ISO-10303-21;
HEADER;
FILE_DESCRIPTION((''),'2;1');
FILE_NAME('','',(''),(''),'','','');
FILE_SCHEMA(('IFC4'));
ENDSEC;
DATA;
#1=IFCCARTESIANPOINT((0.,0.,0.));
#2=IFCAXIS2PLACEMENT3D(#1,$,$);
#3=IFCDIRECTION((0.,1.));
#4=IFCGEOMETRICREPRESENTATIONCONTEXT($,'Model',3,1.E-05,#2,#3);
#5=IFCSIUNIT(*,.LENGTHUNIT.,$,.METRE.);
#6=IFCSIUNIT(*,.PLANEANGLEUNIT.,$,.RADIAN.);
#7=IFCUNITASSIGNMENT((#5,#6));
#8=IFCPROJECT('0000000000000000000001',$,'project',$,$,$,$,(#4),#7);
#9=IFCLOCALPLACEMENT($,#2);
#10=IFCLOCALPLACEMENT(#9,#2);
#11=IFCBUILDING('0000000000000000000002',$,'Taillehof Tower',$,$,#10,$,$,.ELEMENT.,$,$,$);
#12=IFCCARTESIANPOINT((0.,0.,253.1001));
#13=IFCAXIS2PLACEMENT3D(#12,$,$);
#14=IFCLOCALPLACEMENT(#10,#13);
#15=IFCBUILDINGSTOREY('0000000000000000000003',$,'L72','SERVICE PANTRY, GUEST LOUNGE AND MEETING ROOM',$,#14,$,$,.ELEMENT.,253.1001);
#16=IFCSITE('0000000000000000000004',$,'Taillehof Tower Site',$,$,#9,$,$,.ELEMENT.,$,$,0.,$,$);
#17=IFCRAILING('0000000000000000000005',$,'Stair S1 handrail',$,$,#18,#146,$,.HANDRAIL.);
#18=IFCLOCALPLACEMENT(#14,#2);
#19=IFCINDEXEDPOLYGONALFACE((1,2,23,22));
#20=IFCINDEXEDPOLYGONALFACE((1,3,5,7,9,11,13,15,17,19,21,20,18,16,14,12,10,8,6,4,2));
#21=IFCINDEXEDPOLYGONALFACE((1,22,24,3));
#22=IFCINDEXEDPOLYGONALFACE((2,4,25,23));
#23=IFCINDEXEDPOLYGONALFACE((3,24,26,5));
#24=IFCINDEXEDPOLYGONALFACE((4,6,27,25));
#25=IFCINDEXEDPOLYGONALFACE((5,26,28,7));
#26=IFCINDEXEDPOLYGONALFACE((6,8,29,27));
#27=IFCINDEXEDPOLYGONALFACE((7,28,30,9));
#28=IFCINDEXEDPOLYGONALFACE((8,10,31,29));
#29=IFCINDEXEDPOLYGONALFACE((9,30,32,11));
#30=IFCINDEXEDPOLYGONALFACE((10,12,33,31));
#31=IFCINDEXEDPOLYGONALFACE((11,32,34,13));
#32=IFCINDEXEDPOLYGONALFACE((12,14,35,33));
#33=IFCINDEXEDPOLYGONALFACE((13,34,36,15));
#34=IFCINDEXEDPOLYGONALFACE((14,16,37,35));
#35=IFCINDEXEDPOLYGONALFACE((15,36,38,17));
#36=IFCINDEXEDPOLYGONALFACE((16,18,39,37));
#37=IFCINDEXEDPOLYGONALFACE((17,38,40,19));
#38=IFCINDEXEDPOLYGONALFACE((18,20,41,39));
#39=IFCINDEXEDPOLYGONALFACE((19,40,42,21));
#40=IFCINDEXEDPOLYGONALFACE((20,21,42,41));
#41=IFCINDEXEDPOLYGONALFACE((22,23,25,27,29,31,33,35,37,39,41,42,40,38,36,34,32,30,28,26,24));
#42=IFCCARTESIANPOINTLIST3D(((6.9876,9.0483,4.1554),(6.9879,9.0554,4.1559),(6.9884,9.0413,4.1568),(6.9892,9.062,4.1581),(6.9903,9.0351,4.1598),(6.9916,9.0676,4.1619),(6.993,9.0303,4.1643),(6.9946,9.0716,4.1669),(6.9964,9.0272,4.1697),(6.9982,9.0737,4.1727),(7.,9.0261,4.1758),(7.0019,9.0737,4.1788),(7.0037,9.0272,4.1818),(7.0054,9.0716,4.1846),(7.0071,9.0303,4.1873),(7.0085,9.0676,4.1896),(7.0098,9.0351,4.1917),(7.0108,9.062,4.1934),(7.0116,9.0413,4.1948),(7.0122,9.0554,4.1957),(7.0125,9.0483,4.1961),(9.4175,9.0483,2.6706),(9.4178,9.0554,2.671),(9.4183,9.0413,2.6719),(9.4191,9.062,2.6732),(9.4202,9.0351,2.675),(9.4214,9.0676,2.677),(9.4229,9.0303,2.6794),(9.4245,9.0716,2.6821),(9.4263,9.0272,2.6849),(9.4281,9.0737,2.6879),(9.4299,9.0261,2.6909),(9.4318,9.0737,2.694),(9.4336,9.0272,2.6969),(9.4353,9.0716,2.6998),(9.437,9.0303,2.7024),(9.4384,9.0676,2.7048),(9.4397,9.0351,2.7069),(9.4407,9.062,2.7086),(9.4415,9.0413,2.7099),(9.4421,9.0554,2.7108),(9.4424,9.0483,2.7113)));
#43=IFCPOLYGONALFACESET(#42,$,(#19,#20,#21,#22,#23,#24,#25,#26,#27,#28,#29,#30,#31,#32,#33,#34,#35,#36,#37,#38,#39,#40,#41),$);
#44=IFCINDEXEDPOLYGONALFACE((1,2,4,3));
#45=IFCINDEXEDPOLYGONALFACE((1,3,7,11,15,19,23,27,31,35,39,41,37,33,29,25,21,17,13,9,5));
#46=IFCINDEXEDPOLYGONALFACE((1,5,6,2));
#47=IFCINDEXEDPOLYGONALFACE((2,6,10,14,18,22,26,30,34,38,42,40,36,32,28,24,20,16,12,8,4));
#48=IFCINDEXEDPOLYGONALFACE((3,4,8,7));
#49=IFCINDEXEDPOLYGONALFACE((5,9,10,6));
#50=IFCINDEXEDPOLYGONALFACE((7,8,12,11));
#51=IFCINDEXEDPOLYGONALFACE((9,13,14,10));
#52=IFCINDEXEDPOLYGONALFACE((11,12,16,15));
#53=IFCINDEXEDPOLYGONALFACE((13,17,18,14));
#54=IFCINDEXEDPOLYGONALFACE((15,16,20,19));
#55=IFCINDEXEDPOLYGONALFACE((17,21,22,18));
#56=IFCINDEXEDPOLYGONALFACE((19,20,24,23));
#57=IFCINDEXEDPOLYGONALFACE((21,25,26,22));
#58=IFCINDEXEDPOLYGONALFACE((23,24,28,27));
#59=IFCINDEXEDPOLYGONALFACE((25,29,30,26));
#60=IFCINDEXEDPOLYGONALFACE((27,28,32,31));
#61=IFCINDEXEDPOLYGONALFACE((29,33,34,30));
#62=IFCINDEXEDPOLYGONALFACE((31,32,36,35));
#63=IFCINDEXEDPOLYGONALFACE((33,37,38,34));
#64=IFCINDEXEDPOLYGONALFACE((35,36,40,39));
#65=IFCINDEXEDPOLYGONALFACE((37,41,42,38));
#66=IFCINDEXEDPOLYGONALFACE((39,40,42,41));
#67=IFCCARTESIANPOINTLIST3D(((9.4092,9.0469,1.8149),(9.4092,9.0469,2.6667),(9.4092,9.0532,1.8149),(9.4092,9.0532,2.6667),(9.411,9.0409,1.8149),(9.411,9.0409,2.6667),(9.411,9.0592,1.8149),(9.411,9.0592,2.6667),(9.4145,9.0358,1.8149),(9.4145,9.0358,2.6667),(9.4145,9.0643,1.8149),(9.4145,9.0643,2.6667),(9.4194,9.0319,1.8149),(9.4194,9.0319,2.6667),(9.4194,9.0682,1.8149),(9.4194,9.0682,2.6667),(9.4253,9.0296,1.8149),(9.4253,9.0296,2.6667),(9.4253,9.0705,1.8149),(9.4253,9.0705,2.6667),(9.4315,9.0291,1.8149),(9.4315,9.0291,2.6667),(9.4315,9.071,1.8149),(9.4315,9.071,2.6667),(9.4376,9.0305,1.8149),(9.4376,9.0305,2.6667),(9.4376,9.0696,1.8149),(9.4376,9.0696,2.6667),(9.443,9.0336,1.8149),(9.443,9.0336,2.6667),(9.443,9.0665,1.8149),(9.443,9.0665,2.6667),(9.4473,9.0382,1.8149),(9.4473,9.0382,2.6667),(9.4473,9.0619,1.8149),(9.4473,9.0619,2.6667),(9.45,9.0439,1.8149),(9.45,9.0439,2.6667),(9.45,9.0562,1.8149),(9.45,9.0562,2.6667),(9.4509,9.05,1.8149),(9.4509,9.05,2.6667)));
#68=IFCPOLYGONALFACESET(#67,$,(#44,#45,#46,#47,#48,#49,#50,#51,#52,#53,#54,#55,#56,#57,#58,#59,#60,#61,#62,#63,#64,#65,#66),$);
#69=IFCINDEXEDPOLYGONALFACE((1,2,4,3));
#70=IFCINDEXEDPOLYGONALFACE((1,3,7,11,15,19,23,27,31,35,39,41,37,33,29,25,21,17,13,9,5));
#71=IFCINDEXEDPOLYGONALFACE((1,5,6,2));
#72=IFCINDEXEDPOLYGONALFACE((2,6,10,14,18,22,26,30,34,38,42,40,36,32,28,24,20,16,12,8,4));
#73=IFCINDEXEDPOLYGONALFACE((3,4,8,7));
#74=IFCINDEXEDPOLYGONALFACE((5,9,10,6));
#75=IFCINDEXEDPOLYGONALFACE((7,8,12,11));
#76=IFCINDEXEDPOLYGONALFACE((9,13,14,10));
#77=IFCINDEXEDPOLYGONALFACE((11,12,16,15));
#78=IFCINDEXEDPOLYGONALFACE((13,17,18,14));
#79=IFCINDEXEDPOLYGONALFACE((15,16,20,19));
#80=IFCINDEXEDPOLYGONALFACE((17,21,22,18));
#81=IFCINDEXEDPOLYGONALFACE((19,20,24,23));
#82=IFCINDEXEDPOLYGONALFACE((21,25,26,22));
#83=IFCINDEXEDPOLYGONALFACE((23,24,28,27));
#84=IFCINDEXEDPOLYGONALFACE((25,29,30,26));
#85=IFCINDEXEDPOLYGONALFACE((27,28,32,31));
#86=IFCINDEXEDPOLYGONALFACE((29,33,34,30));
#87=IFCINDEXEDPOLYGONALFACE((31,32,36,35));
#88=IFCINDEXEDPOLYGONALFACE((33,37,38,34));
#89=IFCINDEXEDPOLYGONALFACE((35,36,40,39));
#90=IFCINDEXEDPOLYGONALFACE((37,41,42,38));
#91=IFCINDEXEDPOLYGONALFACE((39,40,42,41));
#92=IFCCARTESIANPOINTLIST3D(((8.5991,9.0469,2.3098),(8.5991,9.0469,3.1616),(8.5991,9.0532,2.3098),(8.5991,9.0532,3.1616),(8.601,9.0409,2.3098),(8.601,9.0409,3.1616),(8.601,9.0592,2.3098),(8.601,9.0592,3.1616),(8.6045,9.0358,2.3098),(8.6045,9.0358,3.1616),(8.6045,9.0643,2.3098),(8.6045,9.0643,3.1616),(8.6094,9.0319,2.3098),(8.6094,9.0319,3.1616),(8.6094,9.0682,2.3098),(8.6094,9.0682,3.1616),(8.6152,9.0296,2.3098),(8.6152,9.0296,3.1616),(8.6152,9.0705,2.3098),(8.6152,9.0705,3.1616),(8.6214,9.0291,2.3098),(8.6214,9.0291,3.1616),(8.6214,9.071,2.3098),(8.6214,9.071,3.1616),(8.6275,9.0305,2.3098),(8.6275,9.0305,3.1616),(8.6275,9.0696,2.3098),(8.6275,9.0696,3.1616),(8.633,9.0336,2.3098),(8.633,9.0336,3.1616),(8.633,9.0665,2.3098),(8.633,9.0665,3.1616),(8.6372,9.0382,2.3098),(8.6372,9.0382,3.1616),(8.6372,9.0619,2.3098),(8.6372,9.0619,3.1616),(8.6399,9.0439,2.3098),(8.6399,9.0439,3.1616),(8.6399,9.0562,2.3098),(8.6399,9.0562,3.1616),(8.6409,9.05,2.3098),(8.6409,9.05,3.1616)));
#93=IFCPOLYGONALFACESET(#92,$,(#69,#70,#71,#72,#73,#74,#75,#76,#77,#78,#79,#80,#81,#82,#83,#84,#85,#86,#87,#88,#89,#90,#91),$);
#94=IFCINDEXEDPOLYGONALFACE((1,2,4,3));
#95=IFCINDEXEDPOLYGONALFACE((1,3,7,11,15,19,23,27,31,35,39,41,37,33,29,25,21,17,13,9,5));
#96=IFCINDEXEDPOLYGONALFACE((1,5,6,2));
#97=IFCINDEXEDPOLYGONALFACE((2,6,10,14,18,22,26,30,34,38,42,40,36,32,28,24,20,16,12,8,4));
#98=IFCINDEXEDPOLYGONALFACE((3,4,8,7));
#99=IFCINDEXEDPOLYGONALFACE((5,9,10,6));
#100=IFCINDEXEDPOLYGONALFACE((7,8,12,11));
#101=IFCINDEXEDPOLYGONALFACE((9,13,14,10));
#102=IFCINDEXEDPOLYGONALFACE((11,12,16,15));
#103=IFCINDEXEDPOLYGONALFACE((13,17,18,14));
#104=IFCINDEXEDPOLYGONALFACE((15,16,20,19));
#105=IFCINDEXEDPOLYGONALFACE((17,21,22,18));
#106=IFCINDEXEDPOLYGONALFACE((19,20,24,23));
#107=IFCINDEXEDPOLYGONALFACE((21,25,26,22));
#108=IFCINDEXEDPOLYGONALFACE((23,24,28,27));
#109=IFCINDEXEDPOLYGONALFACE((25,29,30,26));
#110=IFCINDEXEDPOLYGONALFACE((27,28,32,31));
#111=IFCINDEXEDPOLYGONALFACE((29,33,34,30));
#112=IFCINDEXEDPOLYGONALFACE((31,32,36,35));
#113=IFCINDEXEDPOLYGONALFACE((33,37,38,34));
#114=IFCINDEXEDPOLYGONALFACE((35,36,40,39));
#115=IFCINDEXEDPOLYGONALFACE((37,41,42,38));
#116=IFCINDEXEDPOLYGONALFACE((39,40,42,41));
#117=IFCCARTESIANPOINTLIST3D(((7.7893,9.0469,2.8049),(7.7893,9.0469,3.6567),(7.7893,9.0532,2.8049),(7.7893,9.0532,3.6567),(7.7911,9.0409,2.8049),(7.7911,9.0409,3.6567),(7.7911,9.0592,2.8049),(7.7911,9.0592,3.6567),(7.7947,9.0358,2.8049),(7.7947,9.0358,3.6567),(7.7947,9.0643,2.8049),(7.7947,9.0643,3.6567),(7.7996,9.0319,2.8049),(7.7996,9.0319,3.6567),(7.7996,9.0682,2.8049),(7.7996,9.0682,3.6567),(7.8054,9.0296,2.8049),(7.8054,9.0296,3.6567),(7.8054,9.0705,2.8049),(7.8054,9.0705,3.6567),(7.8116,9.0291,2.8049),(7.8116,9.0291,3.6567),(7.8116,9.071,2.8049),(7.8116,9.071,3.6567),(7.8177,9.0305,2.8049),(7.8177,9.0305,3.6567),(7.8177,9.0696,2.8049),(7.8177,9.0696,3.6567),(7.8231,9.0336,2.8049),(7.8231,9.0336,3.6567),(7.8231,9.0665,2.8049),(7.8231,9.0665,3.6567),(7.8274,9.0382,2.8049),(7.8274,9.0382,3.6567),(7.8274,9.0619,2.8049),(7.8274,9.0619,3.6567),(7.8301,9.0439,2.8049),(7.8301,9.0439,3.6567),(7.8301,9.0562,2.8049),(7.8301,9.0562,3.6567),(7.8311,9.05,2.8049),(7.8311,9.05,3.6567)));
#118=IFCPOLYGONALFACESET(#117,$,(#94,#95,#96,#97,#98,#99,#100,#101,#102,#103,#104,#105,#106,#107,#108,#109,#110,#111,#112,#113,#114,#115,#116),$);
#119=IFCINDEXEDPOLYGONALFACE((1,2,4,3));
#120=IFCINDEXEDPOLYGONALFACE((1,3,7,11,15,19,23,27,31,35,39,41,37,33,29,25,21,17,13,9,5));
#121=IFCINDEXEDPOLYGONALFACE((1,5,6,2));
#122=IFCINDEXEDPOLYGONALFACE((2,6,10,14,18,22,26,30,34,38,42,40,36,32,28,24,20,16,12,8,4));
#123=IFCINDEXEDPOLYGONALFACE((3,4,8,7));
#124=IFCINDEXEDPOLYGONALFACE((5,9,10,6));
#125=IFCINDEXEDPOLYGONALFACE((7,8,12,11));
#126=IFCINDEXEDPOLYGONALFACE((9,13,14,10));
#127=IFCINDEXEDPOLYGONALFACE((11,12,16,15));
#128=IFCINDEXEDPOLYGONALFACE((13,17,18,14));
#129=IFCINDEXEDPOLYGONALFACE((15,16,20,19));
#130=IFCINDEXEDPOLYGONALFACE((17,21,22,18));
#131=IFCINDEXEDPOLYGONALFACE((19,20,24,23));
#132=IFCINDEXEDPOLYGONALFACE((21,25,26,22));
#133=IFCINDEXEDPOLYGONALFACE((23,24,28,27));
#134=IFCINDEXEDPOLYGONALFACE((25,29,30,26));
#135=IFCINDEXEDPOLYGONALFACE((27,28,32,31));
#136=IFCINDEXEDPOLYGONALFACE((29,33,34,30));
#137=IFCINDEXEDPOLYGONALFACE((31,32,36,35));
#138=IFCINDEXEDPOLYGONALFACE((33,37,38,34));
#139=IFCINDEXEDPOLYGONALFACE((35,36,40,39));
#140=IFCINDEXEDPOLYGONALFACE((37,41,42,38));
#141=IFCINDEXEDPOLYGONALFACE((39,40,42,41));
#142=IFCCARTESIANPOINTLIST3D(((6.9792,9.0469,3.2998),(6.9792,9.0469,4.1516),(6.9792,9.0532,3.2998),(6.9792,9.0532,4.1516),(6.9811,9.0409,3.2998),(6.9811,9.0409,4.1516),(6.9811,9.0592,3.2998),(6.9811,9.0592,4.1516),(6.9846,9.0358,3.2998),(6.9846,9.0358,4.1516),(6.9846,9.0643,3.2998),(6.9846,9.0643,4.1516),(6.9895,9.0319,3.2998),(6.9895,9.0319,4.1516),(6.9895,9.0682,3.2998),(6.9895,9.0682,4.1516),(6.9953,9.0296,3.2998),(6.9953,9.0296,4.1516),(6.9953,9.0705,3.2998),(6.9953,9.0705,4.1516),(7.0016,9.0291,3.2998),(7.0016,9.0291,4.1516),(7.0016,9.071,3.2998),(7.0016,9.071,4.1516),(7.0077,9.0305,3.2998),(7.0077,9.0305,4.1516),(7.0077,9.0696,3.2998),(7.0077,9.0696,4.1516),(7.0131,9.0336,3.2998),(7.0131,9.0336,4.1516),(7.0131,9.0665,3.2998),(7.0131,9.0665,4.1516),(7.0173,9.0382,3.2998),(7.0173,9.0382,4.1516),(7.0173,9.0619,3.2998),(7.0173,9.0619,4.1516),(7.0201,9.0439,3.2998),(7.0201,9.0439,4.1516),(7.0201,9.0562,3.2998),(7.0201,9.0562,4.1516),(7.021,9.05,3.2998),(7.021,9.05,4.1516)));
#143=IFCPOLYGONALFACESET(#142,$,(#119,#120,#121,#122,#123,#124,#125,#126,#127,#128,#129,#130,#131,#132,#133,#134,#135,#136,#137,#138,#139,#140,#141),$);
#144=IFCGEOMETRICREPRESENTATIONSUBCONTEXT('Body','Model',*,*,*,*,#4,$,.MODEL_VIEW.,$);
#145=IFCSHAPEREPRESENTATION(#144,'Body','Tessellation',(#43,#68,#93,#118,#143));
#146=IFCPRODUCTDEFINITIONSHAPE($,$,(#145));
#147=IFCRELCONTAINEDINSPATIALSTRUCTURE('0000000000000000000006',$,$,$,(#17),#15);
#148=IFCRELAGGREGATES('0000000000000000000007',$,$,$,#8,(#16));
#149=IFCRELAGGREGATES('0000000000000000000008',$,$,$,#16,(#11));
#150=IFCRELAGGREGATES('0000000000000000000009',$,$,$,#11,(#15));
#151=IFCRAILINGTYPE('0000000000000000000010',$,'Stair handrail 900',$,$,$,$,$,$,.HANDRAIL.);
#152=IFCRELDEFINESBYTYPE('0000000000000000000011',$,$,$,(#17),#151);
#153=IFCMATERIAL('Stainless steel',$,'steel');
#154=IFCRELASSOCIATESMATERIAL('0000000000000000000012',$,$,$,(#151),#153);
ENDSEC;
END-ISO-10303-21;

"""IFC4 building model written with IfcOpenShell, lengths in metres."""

from ifc_helpers import new_model, si_unit, direction, frame, origin, origin_2d, place, context, subcontext, project, spatial, circle, extrude, material, type_object, element, save


model = new_model("IFC4")

# Units and contexts
model_context = context("Model", 3, precision=1e-05, world=origin(), true_north=direction((0.0, 1.0)))
body_context = subcontext(model_context, "Body", "Model", "MODEL_VIEW")
ifc_project = project(units=[si_unit("LENGTHUNIT", "METRE"), si_unit("PLANEANGLEUNIT", "RADIAN")], contexts=[model_context])

# Site, building, storey
site_placement = place(None, origin())
site = spatial("IfcSite", under=ifc_project, at=site_placement, Name="Taillehof Tower Site", CompositionType="ELEMENT", RefElevation=0.0)
building_placement = place(site_placement, origin())
building = spatial("IfcBuilding", under=site, at=building_placement, Name="Taillehof Tower", CompositionType="ELEMENT")
storey_placement = place(building_placement, frame((0.0, 0.0, 253.1001)))
storey = spatial("IfcBuildingStorey", under=building, at=storey_placement, Name="L72", Description="SERVICE PANTRY, GUEST LOUNGE AND MEETING ROOM", CompositionType="ELEMENT", Elevation=253.1001)

# Railing
ifc_material_1 = material(Name="Stainless steel", Category="steel")
railing_type = type_object("IfcRailingType", Name="Stair handrail 900", PredefinedType="HANDRAIL", material=ifc_material_1)
railing_placement = place(storey_placement, frame((9.4299, 9.05, 1.8149)))
element("IfcRailing", 1, at=railing_placement, inside=storey, type_object=railing_type, Name="Stair S1 handrail", PredefinedType="HANDRAIL", context=body_context, shape_type="SweptSolid", body=[
    extrude(circle(Radius=0.0239, at=origin_2d()), frame((0.0, 0.0, 0.876), z_axis=(-0.853297, 0.0, 0.521426), x_axis=(0.0, -1.0, 0.0)), (0.0, 0.0, 1.0), 2.8477),
    extrude(circle(Radius=0.021, at=origin_2d()), origin(), (0.0, 0.0, 1.0), 0.8518),
    extrude(circle(Radius=0.021, at=origin_2d()), frame((-0.8101, 0.0, 0.4949)), (0.0, 0.0, 1.0), 0.8518),
    extrude(circle(Radius=0.021, at=origin_2d()), frame((-1.6199, 0.0, 0.99)), (0.0, 0.0, 1.0), 0.8518),
    extrude(circle(Radius=0.021, at=origin_2d()), frame((-2.4299, 0.0, 1.4849)), (0.0, 0.0, 1.0), 0.8518),
])

save(model, "model.ifc")
